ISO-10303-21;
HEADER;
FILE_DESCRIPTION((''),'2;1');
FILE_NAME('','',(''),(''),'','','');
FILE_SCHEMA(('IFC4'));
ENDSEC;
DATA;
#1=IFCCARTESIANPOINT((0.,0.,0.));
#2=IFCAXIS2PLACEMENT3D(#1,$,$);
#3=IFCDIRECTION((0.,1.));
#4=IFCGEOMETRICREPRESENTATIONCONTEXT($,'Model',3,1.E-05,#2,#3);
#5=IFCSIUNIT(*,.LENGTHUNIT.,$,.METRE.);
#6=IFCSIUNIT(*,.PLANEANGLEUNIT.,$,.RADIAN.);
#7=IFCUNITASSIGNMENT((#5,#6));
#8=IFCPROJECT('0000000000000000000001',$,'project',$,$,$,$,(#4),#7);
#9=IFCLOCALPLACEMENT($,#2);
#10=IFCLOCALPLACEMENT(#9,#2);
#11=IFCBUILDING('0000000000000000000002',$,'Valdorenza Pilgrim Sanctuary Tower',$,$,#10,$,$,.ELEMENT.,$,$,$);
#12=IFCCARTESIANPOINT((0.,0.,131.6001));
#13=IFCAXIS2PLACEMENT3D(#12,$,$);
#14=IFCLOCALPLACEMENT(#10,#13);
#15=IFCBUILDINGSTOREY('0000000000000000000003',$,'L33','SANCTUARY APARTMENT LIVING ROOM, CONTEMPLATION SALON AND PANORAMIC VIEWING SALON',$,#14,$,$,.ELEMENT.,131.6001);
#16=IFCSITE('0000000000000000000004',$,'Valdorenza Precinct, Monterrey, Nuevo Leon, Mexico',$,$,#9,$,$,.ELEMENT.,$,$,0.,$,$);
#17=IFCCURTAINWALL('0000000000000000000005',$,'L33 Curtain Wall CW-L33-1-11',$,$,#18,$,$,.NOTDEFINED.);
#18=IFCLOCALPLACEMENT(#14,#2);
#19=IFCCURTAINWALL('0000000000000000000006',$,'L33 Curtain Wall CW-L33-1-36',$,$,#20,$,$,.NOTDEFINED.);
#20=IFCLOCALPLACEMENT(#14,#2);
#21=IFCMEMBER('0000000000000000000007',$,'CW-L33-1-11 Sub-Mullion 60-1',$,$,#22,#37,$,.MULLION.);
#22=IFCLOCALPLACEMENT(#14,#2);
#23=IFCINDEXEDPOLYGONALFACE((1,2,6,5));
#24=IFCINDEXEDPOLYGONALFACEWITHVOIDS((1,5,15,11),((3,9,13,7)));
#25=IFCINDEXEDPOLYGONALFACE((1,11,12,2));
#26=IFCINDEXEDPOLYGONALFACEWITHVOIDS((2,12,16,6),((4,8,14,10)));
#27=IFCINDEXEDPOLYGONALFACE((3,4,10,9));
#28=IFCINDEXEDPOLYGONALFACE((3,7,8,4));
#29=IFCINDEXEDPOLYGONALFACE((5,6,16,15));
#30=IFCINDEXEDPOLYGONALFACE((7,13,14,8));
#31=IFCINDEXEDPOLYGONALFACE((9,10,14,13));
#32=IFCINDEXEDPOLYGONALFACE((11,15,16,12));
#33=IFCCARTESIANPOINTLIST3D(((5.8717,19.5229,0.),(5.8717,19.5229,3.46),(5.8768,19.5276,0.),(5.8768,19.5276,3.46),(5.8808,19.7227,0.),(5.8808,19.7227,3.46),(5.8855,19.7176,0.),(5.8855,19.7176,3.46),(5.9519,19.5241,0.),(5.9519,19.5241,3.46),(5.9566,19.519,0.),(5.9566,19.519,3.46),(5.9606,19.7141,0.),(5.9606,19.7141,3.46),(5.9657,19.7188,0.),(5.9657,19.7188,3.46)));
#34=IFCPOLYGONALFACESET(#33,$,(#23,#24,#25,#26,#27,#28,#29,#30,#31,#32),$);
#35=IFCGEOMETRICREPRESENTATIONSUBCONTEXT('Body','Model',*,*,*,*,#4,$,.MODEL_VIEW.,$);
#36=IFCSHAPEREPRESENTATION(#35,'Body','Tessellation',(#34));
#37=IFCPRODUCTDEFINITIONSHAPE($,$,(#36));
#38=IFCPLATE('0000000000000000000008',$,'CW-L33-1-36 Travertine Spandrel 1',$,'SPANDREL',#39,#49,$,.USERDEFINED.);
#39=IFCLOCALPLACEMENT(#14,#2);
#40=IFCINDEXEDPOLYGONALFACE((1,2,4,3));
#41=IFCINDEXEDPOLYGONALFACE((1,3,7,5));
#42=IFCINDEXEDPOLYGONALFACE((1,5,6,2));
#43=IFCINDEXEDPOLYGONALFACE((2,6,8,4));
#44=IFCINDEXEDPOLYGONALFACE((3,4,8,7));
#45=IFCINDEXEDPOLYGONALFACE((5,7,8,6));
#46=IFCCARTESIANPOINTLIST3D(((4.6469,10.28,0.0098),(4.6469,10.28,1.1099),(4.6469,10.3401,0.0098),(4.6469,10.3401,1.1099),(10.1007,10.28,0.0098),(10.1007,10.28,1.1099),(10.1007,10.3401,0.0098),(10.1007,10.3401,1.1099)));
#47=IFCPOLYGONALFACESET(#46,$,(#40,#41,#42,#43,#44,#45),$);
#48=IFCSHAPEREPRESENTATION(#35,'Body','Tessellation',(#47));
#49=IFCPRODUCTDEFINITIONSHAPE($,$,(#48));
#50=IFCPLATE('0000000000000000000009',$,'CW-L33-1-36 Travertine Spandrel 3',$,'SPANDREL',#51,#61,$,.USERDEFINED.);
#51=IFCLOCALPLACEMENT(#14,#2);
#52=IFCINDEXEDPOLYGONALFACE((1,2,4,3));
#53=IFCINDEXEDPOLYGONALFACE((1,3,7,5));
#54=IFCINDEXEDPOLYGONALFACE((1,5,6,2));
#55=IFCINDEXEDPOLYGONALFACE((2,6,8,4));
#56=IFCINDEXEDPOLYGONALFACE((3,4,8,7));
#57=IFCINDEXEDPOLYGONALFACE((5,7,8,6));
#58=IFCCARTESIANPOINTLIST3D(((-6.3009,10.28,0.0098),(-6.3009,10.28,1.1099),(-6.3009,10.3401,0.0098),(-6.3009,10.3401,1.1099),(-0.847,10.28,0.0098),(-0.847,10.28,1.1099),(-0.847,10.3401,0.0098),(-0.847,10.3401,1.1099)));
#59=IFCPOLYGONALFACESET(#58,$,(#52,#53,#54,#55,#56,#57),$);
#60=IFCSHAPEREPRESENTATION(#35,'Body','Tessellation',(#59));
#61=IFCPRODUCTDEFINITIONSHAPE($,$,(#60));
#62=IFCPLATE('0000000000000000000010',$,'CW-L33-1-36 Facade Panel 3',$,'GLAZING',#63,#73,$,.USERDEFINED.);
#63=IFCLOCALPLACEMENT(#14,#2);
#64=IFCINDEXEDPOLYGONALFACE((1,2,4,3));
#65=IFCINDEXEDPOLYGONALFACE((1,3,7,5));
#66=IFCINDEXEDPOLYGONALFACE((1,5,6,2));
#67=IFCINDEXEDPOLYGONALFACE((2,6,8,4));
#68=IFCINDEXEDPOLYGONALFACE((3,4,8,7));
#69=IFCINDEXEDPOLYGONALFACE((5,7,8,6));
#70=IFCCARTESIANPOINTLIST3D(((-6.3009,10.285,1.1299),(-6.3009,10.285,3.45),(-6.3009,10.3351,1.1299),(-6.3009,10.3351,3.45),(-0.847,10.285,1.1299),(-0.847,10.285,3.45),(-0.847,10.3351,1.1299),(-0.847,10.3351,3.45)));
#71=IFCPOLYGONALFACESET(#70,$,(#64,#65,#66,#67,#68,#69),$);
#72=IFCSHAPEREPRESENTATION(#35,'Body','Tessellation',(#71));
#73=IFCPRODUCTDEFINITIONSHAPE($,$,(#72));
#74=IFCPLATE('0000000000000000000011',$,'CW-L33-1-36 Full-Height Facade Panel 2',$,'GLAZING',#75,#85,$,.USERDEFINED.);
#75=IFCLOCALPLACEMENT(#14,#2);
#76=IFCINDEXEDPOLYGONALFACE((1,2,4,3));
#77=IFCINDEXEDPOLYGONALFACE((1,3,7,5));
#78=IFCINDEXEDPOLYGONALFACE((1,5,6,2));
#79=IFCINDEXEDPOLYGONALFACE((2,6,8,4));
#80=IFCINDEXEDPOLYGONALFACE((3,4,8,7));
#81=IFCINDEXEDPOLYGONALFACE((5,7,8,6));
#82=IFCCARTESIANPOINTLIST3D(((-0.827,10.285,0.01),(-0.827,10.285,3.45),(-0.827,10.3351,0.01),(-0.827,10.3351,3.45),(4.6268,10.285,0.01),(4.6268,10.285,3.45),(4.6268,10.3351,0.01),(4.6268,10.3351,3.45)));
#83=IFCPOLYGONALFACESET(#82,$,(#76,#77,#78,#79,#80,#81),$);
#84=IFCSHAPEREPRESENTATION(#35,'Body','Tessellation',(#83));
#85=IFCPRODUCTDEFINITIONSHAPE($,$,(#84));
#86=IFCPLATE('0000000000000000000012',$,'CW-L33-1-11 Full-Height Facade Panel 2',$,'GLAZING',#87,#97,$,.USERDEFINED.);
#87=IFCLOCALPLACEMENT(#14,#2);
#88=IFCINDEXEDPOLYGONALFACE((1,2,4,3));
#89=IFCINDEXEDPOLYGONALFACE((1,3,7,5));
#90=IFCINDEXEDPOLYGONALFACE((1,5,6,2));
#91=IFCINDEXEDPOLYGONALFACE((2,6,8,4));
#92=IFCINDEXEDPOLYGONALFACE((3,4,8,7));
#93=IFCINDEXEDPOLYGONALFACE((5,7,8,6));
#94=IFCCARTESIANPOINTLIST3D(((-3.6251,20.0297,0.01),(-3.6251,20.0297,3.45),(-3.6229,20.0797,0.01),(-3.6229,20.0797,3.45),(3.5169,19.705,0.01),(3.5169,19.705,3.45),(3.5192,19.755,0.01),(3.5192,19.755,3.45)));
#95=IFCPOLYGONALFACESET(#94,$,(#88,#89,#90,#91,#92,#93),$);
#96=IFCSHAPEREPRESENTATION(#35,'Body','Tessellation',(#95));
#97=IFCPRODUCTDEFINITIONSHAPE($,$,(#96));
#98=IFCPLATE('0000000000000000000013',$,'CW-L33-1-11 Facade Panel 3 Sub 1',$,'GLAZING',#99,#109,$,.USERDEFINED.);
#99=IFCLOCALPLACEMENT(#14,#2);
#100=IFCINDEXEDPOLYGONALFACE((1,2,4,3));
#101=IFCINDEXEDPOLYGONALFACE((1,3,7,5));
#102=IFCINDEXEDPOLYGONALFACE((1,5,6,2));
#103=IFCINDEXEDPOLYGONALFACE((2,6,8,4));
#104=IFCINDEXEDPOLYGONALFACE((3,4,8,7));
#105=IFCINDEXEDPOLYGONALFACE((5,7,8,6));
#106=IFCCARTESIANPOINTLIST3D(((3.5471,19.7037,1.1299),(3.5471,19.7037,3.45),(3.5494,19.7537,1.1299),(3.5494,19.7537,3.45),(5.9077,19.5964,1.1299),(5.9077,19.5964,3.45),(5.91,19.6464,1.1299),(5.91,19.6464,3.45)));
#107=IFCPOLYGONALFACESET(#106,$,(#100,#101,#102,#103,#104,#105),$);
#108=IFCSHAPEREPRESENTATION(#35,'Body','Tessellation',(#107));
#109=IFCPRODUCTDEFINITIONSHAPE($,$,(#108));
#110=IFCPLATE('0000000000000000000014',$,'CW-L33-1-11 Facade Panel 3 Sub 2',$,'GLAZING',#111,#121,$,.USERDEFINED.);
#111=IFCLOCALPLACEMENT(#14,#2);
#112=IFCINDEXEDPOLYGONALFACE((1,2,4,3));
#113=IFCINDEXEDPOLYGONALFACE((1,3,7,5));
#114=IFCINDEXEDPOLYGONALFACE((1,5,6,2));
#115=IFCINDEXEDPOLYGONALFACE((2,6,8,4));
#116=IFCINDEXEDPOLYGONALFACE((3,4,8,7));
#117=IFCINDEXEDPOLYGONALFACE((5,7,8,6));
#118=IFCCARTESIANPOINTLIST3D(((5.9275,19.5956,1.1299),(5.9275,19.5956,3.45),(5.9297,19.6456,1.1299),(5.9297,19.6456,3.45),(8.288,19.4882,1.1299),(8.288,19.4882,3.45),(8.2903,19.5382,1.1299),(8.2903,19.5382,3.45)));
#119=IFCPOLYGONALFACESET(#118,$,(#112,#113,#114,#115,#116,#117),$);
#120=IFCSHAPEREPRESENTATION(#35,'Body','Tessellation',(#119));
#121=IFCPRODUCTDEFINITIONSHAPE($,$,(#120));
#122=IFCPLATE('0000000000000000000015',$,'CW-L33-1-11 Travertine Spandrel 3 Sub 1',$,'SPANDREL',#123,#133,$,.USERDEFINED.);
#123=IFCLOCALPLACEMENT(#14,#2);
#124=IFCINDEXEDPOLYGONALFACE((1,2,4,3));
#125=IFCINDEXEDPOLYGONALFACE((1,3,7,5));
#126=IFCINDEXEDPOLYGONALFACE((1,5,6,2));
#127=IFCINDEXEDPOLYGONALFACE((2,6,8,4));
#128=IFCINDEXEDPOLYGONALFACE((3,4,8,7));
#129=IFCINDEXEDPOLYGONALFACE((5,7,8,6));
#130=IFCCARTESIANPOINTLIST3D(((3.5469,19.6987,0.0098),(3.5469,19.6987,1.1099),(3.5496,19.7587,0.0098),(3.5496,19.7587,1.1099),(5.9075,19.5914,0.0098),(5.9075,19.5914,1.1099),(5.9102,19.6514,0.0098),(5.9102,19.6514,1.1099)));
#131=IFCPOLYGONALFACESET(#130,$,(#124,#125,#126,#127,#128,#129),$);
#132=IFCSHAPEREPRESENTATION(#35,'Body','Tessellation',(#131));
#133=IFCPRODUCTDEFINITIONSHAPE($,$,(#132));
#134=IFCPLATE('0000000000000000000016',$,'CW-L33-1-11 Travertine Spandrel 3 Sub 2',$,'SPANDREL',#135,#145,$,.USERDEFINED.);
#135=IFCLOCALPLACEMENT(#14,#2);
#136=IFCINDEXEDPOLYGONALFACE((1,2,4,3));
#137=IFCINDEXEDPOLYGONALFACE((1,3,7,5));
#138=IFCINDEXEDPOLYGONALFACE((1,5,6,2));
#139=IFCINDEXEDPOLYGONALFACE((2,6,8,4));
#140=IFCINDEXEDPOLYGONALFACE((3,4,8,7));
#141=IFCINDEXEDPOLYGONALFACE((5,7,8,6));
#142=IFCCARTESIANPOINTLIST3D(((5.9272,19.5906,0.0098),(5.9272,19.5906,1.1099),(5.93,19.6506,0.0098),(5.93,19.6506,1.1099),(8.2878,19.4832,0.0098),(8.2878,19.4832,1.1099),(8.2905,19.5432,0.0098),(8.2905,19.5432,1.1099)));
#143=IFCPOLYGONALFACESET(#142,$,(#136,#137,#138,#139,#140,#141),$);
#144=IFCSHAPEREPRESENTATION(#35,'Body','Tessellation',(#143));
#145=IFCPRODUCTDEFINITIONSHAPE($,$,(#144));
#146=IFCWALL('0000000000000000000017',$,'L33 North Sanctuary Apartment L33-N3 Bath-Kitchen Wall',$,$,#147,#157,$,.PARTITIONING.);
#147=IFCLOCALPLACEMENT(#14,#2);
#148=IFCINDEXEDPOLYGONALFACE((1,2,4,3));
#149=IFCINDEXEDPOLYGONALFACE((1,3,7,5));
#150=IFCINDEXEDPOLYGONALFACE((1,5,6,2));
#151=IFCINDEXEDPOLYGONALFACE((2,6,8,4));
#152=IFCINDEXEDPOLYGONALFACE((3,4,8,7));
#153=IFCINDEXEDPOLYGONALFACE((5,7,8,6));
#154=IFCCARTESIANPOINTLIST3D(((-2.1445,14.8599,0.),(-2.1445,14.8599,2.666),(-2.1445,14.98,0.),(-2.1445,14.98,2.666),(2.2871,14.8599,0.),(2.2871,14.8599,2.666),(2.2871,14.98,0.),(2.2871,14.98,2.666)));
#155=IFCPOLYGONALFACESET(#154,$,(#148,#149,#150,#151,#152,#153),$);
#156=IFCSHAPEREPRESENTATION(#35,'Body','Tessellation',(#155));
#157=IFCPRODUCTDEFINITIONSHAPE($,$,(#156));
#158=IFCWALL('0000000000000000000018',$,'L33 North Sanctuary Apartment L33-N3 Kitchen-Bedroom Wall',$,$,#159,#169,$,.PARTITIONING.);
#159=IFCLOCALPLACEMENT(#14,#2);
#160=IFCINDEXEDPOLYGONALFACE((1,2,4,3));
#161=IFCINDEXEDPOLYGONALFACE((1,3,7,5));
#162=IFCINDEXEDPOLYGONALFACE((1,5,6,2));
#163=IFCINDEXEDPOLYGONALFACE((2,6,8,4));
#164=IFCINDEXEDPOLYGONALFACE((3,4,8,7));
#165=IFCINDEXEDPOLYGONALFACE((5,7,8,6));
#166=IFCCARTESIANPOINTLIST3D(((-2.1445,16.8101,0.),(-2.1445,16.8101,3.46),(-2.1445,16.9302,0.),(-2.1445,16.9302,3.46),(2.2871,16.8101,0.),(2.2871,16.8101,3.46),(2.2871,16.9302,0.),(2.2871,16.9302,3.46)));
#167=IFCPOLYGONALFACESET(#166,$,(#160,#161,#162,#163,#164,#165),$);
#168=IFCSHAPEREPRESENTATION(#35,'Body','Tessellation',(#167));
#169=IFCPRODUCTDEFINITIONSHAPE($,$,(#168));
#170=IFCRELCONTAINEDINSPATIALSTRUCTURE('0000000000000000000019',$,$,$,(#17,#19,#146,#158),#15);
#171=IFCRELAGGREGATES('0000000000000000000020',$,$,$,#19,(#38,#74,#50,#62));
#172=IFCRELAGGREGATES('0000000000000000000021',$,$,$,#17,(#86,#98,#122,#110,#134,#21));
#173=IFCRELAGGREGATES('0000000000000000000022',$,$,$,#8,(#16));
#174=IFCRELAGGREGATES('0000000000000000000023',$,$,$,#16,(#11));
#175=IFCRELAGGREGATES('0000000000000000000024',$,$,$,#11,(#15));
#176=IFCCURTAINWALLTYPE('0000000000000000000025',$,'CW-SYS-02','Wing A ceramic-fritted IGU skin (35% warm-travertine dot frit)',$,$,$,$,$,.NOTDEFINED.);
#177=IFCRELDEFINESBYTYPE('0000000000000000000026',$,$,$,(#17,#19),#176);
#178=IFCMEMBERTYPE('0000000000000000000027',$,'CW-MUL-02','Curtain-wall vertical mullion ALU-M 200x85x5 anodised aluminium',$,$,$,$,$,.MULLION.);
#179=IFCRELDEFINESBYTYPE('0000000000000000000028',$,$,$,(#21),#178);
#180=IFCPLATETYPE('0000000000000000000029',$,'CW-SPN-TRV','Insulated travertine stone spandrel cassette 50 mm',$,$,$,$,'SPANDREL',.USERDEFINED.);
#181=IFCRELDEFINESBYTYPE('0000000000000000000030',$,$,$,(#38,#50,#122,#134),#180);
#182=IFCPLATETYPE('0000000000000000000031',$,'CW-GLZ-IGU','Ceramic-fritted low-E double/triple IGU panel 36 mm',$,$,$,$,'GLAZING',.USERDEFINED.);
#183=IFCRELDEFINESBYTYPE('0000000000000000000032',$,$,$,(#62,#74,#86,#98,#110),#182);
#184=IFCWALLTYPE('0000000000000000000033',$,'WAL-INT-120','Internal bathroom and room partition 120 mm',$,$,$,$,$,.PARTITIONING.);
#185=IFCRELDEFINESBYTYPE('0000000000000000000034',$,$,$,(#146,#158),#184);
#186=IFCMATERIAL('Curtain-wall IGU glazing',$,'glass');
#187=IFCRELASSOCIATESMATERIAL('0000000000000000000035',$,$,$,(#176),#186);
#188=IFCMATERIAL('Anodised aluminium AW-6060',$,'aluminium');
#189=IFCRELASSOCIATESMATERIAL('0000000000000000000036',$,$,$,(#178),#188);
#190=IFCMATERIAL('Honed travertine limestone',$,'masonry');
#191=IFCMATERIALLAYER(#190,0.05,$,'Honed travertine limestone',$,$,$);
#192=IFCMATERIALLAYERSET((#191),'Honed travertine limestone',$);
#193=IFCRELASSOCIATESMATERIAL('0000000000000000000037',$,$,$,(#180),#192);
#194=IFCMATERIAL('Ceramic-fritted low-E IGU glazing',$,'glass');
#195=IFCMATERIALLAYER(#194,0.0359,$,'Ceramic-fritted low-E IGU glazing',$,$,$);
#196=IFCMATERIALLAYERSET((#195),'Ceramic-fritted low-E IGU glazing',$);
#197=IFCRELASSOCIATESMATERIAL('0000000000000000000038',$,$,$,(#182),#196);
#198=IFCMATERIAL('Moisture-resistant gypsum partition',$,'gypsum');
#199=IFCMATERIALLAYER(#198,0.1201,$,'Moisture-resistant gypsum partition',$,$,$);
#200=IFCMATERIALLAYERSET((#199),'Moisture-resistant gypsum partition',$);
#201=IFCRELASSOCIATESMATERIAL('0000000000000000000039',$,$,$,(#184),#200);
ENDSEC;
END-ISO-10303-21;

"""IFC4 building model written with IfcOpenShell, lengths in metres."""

from ifc_helpers import new_model, si_unit, direction, frame, frame_2d, origin, origin_2d, place, context, subcontext, project, spatial, rectangle, hollow_rectangle, extrude, source, transform, mapped, material, layer, layer_set, material_profile, profile_set, type_object, element, aggregate, save


model = new_model("IFC4")

# Units and contexts
model_context = context("Model", 3, precision=1e-05, world=origin(), true_north=direction((0.0, 1.0)))
body_context = subcontext(model_context, "Body", "Model", "MODEL_VIEW")
ifc_project = project(units=[si_unit("LENGTHUNIT", "METRE"), si_unit("PLANEANGLEUNIT", "RADIAN")], contexts=[model_context])

# Site, building, storey
site_placement = place(None, origin())
site = spatial("IfcSite", under=ifc_project, at=site_placement, Name="Valdorenza Precinct, Monterrey, Nuevo Leon, Mexico", CompositionType="ELEMENT", RefElevation=0.0)
building_placement = place(site_placement, origin())
building = spatial("IfcBuilding", under=site, at=building_placement, Name="Valdorenza Pilgrim Sanctuary Tower", CompositionType="ELEMENT")
storey_placement = place(building_placement, frame((0.0, 0.0, 131.6001)))
storey = spatial("IfcBuildingStorey", under=building, at=storey_placement, Name="L33", Description="SANCTUARY APARTMENT LIVING ROOM, CONTEMPLATION SALON AND PANORAMIC VIEWING SALON", CompositionType="ELEMENT", Elevation=131.6001)

# Curtain walls
ifc_material_1 = material(Name="Curtain-wall IGU glazing", Category="glass")
curtain_wall_type = type_object("IfcCurtainWallType", Name="CW-SYS-02", Description="Wing A ceramic-fritted IGU skin (35% warm-travertine dot frit)", PredefinedType="NOTDEFINED", material=ifc_material_1)
curtain_wall_1_placement = place(storey_placement, origin())
curtain_wall_1 = element("IfcCurtainWall", 1, at=curtain_wall_1_placement, inside=storey, type_object=curtain_wall_type, Name="L33 Curtain Wall CW-L33-1-11", PredefinedType="NOTDEFINED")
ifc_material_2 = material(Name="Anodised aluminium AW-6060", Category="aluminium")
ifc_material_profile_1 = material_profile(ifc_material_2, hollow_rectangle(XDim=0.085, YDim=0.2, WallThickness=0.0049, at=origin_2d()), Name="ALU-M 200x85x5")
ifc_profile_set_1 = profile_set([ifc_material_profile_1], Name="Anodised aluminium AW-6060")
member_type = type_object("IfcMemberType", Name="CW-MUL-02", Description="Curtain-wall vertical mullion ALU-M 200x85x5 anodised aluminium", PredefinedType="MULLION", material=ifc_profile_set_1)
shared_shape_1 = source(origin(), body_context, "Body", "SweptSolid", [
    extrude(hollow_rectangle(XDim=0.085, YDim=0.2, WallThickness=0.0049, at=origin_2d()), origin(), (0.0, 0.0, 1.0), 3.46),
])
curtain_wall_2_placement = place(storey_placement, origin())
curtain_wall_2 = element("IfcCurtainWall", 2, at=curtain_wall_2_placement, inside=storey, type_object=curtain_wall_type, Name="L33 Curtain Wall CW-L33-1-36", PredefinedType="NOTDEFINED")

# Member
member_1_placement = place(storey_placement, frame((5.9187, 19.6208, 0.0), z_axis=(0.0, 0.0, 1.0), x_axis=(0.998968, -0.045415, 0.0)))
member_1 = element("IfcMember", 3, at=member_1_placement, type_object=member_type, Name="CW-L33-1-11 Sub-Mullion 60-1", PredefinedType="MULLION", context=body_context, shape_type="MappedRepresentation", body=[
    mapped(shared_shape_1, transform((0.0, 0.0, 0.0), x_axis=(1.0, 0.0, 0.0), y_axis=(0.0, 1.0, 0.0), z_axis=(0.0, 0.0, 1.0), scale=1.0)),
])

# Plates
ifc_material_3 = material(Name="Honed travertine limestone", Category="masonry")
ifc_layer_1 = layer(ifc_material_3, 0.05, Name="Honed travertine limestone")
ifc_layer_set_1 = layer_set([ifc_layer_1], Name="Honed travertine limestone")
plate_type_1 = type_object("IfcPlateType", Name="CW-SPN-TRV", Description="Insulated travertine stone spandrel cassette 50 mm", ElementType="SPANDREL", PredefinedType="USERDEFINED", material=ifc_layer_set_1)
shared_shape_2 = source(origin(), body_context, "Body", "SweptSolid", [
    extrude(rectangle(XDim=5.4539, YDim=0.0601, at=origin_2d()), origin(), (0.0, 0.0, 1.0), 1.1001),
])
plate_1_placement = place(storey_placement, frame((7.3738, 10.3101, 0.0098), z_axis=(0.0, 0.0, 1.0), x_axis=(-1.0, 0.0, 0.0)))
plate_1 = element("IfcPlate", 4, at=plate_1_placement, type_object=plate_type_1, Name="CW-L33-1-36 Travertine Spandrel 1", ObjectType="SPANDREL", PredefinedType="USERDEFINED", context=body_context, shape_type="MappedRepresentation", body=[
    mapped(shared_shape_2, transform((0.0, 0.0, 0.0), x_axis=(1.0, 0.0, 0.0), y_axis=(0.0, 1.0, 0.0), z_axis=(0.0, 0.0, 1.0), scale=1.0)),
])
plate_2_placement = place(storey_placement, frame((-3.574, 10.3101, 0.0098), z_axis=(0.0, 0.0, 1.0), x_axis=(-1.0, 0.0, 0.0)))
plate_2 = element("IfcPlate", 5, at=plate_2_placement, type_object=plate_type_1, Name="CW-L33-1-36 Travertine Spandrel 3", ObjectType="SPANDREL", PredefinedType="USERDEFINED", context=body_context, shape_type="MappedRepresentation", body=[
    mapped(shared_shape_2, transform((0.0, 0.0, 0.0), x_axis=(1.0, 0.0, 0.0), y_axis=(0.0, 1.0, 0.0), z_axis=(0.0, 0.0, 1.0), scale=1.0)),
])
ifc_material_4 = material(Name="Ceramic-fritted low-E IGU glazing", Category="glass")
ifc_layer_2 = layer(ifc_material_4, 0.0359, Name="Ceramic-fritted low-E IGU glazing")
ifc_layer_set_2 = layer_set([ifc_layer_2], Name="Ceramic-fritted low-E IGU glazing")
plate_type_2 = type_object("IfcPlateType", Name="CW-GLZ-IGU", Description="Ceramic-fritted low-E double/triple IGU panel 36 mm", ElementType="GLAZING", PredefinedType="USERDEFINED", material=ifc_layer_set_2)
shared_shape_3 = source(origin(), body_context, "Body", "SweptSolid", [
    extrude(rectangle(XDim=5.4539, YDim=0.05, at=origin_2d()), origin(), (0.0, 0.0, 1.0), 2.3201),
])
plate_3_placement = place(storey_placement, frame((-3.574, 10.3101, 1.1299), z_axis=(0.0, 0.0, 1.0), x_axis=(-1.0, 0.0, 0.0)))
plate_3 = element("IfcPlate", 6, at=plate_3_placement, type_object=plate_type_2, Name="CW-L33-1-36 Facade Panel 3", ObjectType="GLAZING", PredefinedType="USERDEFINED", context=body_context, shape_type="MappedRepresentation", body=[
    mapped(shared_shape_3, transform((0.0, 0.0, 0.0), x_axis=(1.0, 0.0, 0.0), y_axis=(0.0, 1.0, 0.0), z_axis=(0.0, 0.0, 1.0), scale=1.0)),
])
shared_shape_4 = source(origin(), body_context, "Body", "SweptSolid", [
    extrude(rectangle(XDim=5.4539, YDim=0.05, at=origin_2d()), origin(), (0.0, 0.0, 1.0), 3.4399),
])
plate_4_placement = place(storey_placement, frame((1.8999, 10.3101, 0.01), z_axis=(0.0, 0.0, 1.0), x_axis=(-1.0, 0.0, 0.0)))
plate_4 = element("IfcPlate", 7, at=plate_4_placement, type_object=plate_type_2, Name="CW-L33-1-36 Full-Height Facade Panel 2", ObjectType="GLAZING", PredefinedType="USERDEFINED", context=body_context, shape_type="MappedRepresentation", body=[
    mapped(shared_shape_4, transform((0.0, 0.0, 0.0), x_axis=(1.0, 0.0, 0.0), y_axis=(0.0, 1.0, 0.0), z_axis=(0.0, 0.0, 1.0), scale=1.0)),
])
aggregate(curtain_wall_2, [plate_1, plate_4, plate_2, plate_3])
shared_shape_5 = source(origin(), body_context, "Body", "SweptSolid", [
    extrude(rectangle(XDim=7.1494, YDim=0.05, at=origin_2d()), origin(), (0.0, 0.0, 1.0), 3.4399),
])
plate_5_placement = place(storey_placement, frame((-0.053, 19.8923, 0.01), z_axis=(0.0, 0.0, 1.0), x_axis=(0.998968, -0.045415, 0.0)))
plate_5 = element("IfcPlate", 8, at=plate_5_placement, type_object=plate_type_2, Name="CW-L33-1-11 Full-Height Facade Panel 2", ObjectType="GLAZING", PredefinedType="USERDEFINED", context=body_context, shape_type="MappedRepresentation", body=[
    mapped(shared_shape_5, transform((0.0, 0.0, 0.0), x_axis=(1.0, 0.0, 0.0), y_axis=(0.0, 1.0, 0.0), z_axis=(0.0, 0.0, 1.0), scale=1.0)),
])
shared_shape_6 = source(origin(), body_context, "Body", "SweptSolid", [
    extrude(rectangle(XDim=2.363, YDim=0.05, at=origin_2d()), origin(), (0.0, 0.0, 1.0), 2.3201),
])
plate_6_placement = place(storey_placement, frame((4.7285, 19.675, 1.1299), z_axis=(0.0, 0.0, 1.0), x_axis=(0.998968, -0.045415, 0.0)))
plate_6 = element("IfcPlate", 9, at=plate_6_placement, type_object=plate_type_2, Name="CW-L33-1-11 Facade Panel 3 Sub 1", ObjectType="GLAZING", PredefinedType="USERDEFINED", context=body_context, shape_type="MappedRepresentation", body=[
    mapped(shared_shape_6, transform((0.0, 0.0, 0.0), x_axis=(1.0, 0.0, 0.0), y_axis=(0.0, 1.0, 0.0), z_axis=(0.0, 0.0, 1.0), scale=1.0)),
])
plate_7_placement = place(storey_placement, frame((7.1089, 19.5669, 1.1299), z_axis=(0.0, 0.0, 1.0), x_axis=(0.998968, -0.045415, 0.0)))
plate_7 = element("IfcPlate", 10, at=plate_7_placement, type_object=plate_type_2, Name="CW-L33-1-11 Facade Panel 3 Sub 2", ObjectType="GLAZING", PredefinedType="USERDEFINED", context=body_context, shape_type="MappedRepresentation", body=[
    mapped(shared_shape_6, transform((0.0, 0.0, 0.0), x_axis=(1.0, 0.0, 0.0), y_axis=(0.0, 1.0, 0.0), z_axis=(0.0, 0.0, 1.0), scale=1.0)),
])
shared_shape_7 = source(origin(), body_context, "Body", "SweptSolid", [
    extrude(rectangle(XDim=2.363, YDim=0.0601, at=origin_2d()), origin(), (0.0, 0.0, 1.0), 1.1001),
])
plate_8_placement = place(storey_placement, frame((4.7285, 19.675, 0.0098), z_axis=(0.0, 0.0, 1.0), x_axis=(0.998968, -0.045415, 0.0)))
plate_8 = element("IfcPlate", 11, at=plate_8_placement, type_object=plate_type_1, Name="CW-L33-1-11 Travertine Spandrel 3 Sub 1", ObjectType="SPANDREL", PredefinedType="USERDEFINED", context=body_context, shape_type="MappedRepresentation", body=[
    mapped(shared_shape_7, transform((0.0, 0.0, 0.0), x_axis=(1.0, 0.0, 0.0), y_axis=(0.0, 1.0, 0.0), z_axis=(0.0, 0.0, 1.0), scale=1.0)),
])
plate_9_placement = place(storey_placement, frame((7.1089, 19.5669, 0.0098), z_axis=(0.0, 0.0, 1.0), x_axis=(0.998968, -0.045415, 0.0)))
plate_9 = element("IfcPlate", 12, at=plate_9_placement, type_object=plate_type_1, Name="CW-L33-1-11 Travertine Spandrel 3 Sub 2", ObjectType="SPANDREL", PredefinedType="USERDEFINED", context=body_context, shape_type="MappedRepresentation", body=[
    mapped(shared_shape_7, transform((0.0, 0.0, 0.0), x_axis=(1.0, 0.0, 0.0), y_axis=(0.0, 1.0, 0.0), z_axis=(0.0, 0.0, 1.0), scale=1.0)),
])
aggregate(curtain_wall_1, [plate_5, plate_6, plate_8, plate_7, plate_9, member_1])

# Walls
ifc_material_5 = material(Name="Moisture-resistant gypsum partition", Category="gypsum")
ifc_layer_3 = layer(ifc_material_5, 0.1201, Name="Moisture-resistant gypsum partition")
ifc_layer_set_3 = layer_set([ifc_layer_3], Name="Moisture-resistant gypsum partition")
wall_type_1 = type_object("IfcWallType", Name="WAL-INT-120", Description="Internal bathroom and room partition 120 mm", PredefinedType="PARTITIONING", material=ifc_layer_set_3)
wall_1_placement = place(storey_placement, frame((-2.1445, 14.9199, 0.0), z_axis=(0.0, 0.0, 1.0), x_axis=(1.0, 0.0, 0.0)))
element("IfcWall", 13, at=wall_1_placement, inside=storey, type_object=wall_type_1, Name="L33 North Sanctuary Apartment L33-N3 Bath-Kitchen Wall", PredefinedType="PARTITIONING", context=body_context, shape_type="SweptSolid", body=[
    extrude(rectangle(XDim=4.4316, YDim=0.1201, at=frame_2d((2.2158, 0.0))), origin(), (0.0, 0.0, 1.0), 2.666),
])
wall_2_placement = place(storey_placement, frame((-2.1445, 16.8701, 0.0), z_axis=(0.0, 0.0, 1.0), x_axis=(1.0, 0.0, 0.0)))
element("IfcWall", 14, at=wall_2_placement, inside=storey, type_object=wall_type_1, Name="L33 North Sanctuary Apartment L33-N3 Kitchen-Bedroom Wall", PredefinedType="PARTITIONING", context=body_context, shape_type="SweptSolid", body=[
    extrude(rectangle(XDim=4.4316, YDim=0.1201, at=frame_2d((2.2158, 0.0))), origin(), (0.0, 0.0, 1.0), 3.46),
])

save(model, "model.ifc")
